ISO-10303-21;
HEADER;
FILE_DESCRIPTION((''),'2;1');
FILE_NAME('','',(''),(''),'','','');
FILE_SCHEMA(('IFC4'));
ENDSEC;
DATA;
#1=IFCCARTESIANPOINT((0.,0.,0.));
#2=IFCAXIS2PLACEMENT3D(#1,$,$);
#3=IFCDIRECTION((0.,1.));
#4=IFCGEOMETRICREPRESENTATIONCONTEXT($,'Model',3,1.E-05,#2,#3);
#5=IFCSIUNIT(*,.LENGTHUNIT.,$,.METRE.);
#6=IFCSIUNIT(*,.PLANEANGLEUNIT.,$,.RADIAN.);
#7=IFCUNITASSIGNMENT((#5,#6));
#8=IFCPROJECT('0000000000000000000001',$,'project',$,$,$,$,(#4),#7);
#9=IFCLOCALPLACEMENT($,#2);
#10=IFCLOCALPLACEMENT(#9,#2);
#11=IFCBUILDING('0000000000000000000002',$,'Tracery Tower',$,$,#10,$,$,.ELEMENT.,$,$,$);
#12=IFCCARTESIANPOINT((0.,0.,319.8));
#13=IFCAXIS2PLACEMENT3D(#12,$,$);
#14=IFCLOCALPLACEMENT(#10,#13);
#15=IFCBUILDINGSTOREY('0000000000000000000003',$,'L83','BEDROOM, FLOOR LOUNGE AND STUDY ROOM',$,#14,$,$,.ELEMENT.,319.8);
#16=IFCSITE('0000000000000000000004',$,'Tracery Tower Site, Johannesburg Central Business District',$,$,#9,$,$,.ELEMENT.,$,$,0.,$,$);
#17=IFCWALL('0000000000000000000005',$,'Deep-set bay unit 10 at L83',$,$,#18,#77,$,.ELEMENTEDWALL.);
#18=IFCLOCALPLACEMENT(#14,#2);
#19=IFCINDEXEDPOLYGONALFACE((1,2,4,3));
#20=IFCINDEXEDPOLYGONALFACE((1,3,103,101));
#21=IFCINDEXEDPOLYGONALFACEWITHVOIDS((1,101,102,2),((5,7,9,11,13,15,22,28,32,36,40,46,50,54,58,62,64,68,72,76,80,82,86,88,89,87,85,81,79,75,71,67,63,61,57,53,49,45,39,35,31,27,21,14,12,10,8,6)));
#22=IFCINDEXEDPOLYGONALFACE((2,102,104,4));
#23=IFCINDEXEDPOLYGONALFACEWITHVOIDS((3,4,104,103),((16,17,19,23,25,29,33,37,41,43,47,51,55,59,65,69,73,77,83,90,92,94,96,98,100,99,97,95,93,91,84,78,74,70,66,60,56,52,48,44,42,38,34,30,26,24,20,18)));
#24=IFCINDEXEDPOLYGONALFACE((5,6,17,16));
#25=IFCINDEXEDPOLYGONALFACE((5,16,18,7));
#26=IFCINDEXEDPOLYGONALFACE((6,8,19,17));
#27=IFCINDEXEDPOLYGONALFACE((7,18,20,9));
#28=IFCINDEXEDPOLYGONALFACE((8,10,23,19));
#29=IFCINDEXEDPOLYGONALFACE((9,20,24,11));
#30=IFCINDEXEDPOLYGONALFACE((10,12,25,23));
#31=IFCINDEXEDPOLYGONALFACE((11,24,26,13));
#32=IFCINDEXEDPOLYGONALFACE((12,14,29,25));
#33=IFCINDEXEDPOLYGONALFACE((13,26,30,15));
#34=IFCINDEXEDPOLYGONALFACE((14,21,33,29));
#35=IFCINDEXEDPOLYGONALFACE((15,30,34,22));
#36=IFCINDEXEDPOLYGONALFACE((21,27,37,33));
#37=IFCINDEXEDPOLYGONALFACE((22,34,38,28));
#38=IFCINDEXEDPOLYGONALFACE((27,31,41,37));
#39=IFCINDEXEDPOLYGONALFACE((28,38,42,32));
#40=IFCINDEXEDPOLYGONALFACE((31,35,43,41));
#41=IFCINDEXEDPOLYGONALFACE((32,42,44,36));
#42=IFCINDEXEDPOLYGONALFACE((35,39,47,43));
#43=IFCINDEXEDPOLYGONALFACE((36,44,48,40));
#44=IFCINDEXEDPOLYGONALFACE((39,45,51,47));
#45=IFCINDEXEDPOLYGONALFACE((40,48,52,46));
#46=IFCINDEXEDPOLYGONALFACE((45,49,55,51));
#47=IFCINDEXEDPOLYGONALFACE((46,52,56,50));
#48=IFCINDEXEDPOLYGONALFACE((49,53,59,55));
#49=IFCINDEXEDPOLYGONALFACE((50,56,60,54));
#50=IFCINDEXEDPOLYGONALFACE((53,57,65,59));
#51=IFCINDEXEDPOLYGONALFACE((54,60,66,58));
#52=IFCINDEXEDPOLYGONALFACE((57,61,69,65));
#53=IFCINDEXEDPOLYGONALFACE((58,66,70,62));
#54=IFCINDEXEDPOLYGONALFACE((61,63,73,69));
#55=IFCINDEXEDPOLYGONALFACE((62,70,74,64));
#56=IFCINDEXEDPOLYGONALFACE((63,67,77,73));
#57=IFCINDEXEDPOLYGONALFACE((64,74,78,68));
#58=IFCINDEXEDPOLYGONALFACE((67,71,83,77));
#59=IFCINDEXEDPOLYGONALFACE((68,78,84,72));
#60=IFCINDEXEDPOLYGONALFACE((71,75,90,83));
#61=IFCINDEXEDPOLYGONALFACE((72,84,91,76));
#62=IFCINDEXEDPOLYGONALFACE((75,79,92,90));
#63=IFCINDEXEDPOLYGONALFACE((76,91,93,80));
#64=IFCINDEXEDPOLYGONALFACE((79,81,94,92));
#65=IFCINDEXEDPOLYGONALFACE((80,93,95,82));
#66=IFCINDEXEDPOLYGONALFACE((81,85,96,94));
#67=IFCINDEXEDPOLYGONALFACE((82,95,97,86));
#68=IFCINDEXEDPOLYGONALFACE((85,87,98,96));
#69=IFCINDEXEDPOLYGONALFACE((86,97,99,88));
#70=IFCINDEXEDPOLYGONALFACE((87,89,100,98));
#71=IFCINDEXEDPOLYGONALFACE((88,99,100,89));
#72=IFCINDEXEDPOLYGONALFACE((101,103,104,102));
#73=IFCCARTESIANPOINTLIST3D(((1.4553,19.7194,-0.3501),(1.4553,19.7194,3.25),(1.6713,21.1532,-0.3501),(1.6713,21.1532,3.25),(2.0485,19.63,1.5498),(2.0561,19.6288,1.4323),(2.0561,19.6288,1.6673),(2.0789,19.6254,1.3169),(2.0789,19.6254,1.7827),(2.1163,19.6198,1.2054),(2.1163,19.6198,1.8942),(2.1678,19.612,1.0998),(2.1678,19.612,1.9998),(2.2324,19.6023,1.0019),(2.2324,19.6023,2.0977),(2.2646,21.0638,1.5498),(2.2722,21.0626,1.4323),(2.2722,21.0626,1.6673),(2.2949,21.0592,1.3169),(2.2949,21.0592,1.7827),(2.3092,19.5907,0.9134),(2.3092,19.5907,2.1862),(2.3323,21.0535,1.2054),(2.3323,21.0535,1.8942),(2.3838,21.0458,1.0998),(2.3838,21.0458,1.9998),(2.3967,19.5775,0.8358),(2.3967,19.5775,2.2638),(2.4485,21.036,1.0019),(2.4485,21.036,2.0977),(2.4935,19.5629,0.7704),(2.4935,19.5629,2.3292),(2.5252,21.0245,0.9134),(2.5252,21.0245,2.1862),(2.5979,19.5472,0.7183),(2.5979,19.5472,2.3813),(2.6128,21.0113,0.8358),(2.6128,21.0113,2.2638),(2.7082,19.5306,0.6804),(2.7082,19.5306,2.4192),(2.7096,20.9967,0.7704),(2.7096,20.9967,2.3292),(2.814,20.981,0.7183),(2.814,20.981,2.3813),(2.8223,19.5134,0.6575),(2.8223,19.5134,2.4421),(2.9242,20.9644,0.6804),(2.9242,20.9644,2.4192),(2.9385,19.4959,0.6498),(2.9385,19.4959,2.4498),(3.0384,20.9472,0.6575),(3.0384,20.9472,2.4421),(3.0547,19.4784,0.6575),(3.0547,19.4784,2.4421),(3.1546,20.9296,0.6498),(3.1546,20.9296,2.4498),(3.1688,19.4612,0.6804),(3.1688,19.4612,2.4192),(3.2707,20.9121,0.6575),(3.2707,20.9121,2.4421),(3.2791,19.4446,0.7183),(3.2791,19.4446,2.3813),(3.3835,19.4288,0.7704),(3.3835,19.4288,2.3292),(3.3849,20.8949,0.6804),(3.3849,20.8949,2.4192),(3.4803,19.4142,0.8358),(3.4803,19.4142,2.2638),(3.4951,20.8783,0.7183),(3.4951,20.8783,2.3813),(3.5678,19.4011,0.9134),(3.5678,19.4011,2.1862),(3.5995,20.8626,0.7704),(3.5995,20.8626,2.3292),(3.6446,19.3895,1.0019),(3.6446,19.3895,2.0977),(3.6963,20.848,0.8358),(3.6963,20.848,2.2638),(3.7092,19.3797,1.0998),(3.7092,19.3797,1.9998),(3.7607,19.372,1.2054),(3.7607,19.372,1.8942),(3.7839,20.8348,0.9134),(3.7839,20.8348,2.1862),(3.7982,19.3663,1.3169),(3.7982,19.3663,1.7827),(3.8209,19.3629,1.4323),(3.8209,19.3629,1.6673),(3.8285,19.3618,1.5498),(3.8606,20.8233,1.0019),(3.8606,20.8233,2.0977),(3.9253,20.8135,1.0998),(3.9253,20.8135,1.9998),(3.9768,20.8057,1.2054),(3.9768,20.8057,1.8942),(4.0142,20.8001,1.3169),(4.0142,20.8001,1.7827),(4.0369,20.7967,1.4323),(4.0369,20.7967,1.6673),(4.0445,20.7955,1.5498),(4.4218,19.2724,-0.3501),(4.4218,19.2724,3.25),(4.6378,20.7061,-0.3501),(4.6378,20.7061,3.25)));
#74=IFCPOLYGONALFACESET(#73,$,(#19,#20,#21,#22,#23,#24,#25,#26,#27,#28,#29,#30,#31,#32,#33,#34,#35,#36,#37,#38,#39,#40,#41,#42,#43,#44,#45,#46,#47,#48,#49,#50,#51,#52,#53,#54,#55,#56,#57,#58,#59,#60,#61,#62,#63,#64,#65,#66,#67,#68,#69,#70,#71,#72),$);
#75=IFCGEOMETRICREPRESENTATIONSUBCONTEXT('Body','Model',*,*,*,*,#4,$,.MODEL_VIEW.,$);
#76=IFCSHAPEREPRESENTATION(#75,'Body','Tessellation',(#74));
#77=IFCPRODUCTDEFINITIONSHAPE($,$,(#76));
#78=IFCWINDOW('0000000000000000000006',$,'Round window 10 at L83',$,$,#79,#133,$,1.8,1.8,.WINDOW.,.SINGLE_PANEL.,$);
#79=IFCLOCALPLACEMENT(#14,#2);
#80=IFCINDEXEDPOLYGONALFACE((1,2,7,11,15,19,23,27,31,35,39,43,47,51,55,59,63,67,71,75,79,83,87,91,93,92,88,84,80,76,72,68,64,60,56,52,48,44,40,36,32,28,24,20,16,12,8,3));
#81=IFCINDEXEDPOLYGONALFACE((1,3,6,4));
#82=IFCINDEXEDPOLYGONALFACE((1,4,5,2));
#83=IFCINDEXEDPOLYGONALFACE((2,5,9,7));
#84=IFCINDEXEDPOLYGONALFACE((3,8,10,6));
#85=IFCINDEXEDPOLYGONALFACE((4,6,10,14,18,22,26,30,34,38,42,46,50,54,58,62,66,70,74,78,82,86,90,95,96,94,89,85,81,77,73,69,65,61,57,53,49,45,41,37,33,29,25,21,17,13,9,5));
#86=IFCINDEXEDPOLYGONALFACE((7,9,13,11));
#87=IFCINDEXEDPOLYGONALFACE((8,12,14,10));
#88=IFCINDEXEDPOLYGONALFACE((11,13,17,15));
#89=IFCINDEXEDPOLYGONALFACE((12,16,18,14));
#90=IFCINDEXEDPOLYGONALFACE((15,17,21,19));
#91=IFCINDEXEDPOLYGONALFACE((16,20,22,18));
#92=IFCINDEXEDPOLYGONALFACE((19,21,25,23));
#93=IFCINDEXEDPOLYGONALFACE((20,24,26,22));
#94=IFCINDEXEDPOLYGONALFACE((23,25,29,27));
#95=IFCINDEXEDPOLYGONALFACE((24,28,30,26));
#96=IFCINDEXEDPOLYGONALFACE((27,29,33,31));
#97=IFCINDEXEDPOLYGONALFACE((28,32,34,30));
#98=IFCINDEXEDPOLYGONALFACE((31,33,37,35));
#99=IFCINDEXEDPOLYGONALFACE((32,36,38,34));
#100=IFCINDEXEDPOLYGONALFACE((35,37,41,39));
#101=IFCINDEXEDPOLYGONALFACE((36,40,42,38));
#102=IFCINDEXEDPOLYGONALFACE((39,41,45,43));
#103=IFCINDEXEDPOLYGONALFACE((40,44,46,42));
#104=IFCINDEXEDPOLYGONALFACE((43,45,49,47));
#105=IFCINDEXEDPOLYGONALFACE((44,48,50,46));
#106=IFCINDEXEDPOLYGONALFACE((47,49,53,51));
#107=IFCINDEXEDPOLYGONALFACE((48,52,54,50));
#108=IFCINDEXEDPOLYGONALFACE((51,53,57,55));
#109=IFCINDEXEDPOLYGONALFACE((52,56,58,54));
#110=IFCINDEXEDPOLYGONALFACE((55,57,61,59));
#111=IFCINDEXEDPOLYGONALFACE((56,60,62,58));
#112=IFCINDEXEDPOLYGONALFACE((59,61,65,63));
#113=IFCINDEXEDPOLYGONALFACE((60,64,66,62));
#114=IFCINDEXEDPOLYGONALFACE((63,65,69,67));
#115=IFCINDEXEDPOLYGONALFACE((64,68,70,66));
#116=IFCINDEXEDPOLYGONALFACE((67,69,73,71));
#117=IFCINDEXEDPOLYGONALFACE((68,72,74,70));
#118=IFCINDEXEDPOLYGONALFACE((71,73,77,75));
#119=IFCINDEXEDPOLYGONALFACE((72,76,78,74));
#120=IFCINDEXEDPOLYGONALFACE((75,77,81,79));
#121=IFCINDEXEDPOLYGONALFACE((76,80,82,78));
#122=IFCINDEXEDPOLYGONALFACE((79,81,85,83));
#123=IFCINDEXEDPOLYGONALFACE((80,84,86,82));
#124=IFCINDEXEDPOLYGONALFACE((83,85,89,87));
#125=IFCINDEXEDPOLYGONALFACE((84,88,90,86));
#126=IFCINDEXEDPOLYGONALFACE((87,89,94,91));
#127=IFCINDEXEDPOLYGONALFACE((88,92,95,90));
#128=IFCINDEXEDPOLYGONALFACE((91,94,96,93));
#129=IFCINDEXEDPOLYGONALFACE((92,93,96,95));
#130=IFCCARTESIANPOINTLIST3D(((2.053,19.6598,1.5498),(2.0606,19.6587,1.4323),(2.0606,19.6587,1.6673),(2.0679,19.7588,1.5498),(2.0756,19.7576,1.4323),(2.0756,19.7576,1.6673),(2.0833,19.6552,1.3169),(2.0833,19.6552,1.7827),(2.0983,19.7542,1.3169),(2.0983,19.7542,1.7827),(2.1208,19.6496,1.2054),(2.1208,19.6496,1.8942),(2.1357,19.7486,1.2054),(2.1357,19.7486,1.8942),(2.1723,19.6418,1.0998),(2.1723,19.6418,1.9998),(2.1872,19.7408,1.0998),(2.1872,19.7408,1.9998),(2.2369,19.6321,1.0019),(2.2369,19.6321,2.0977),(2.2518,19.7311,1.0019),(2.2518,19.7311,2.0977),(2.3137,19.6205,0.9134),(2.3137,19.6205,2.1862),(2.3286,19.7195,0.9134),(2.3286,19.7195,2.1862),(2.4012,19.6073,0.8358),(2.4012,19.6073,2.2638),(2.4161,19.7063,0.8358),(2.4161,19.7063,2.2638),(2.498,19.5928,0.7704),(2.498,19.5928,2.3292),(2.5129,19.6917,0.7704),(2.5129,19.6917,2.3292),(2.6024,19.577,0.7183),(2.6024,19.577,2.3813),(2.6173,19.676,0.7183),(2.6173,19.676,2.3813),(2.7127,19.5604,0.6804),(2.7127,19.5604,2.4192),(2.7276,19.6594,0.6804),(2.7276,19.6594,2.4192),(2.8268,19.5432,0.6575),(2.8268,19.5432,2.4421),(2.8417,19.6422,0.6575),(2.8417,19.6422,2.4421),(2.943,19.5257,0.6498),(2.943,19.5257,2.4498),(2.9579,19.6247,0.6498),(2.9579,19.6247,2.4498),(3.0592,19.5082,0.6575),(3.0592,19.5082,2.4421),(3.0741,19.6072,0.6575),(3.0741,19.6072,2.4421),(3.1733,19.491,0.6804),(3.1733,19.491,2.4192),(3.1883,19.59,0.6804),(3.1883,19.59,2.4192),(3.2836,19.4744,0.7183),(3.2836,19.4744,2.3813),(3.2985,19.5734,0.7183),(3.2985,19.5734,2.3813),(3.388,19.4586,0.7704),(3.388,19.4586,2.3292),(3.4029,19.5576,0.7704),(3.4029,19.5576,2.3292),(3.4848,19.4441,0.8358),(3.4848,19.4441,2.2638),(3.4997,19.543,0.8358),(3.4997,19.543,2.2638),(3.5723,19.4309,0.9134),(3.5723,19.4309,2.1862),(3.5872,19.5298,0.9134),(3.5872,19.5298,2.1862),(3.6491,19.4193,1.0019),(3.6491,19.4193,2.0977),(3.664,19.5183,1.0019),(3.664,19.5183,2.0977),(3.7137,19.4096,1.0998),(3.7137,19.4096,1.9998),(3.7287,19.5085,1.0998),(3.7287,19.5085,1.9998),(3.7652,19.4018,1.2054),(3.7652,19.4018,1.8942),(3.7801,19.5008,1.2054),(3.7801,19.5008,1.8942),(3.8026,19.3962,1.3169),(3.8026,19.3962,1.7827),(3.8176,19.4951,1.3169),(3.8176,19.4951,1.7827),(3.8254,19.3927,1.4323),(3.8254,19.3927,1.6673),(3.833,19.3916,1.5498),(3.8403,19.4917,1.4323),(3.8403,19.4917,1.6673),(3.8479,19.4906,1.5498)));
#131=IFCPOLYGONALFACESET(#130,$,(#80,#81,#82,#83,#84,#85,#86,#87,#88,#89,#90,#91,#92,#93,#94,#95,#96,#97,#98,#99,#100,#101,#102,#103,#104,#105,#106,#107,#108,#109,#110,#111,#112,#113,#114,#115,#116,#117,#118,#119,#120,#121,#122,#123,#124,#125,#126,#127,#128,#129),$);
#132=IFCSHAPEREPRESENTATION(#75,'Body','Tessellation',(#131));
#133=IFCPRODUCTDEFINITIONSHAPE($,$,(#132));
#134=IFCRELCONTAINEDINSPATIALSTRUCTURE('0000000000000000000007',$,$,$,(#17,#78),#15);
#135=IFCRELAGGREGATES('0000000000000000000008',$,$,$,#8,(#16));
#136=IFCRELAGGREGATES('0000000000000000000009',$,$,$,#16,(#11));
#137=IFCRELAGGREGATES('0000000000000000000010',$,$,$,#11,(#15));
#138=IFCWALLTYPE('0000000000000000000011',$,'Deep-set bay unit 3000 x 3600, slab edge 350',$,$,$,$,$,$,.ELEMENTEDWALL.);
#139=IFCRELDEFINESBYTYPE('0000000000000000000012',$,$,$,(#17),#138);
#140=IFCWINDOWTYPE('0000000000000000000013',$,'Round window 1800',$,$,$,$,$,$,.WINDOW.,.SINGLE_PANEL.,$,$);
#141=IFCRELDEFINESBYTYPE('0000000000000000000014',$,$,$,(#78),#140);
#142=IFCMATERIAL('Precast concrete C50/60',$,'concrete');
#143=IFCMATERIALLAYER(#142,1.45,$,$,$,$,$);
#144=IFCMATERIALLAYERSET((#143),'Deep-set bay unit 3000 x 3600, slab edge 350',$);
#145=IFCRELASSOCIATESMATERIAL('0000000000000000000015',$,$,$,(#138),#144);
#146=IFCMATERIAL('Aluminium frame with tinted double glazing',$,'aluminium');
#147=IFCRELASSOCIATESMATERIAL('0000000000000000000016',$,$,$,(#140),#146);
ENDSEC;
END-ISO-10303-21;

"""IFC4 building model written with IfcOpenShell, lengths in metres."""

from ifc_helpers import new_model, si_unit, direction, frame, frame_2d, origin, origin_2d, place, context, subcontext, project, spatial, rectangle, circle, extrude, material, layer, layer_set, type_object, element, fill, save


model = new_model("IFC4")

# Units and contexts
model_context = context("Model", 3, precision=1e-05, world=origin(), true_north=direction((0.0, 1.0)))
body_context = subcontext(model_context, "Body", "Model", "MODEL_VIEW")
ifc_project = project(units=[si_unit("LENGTHUNIT", "METRE"), si_unit("PLANEANGLEUNIT", "RADIAN")], contexts=[model_context])

# Site, building, storey
site_placement = place(None, origin())
site = spatial("IfcSite", under=ifc_project, at=site_placement, Name="Tracery Tower Site, Johannesburg Central Business District", CompositionType="ELEMENT", RefElevation=0.0)
building_placement = place(site_placement, origin())
building = spatial("IfcBuilding", under=site, at=building_placement, Name="Tracery Tower", CompositionType="ELEMENT")
storey_placement = place(building_placement, frame((0.0, 0.0, 319.8)))
storey = spatial("IfcBuildingStorey", under=building, at=storey_placement, Name="L83", Description="BEDROOM, FLOOR LOUNGE AND STUDY ROOM", CompositionType="ELEMENT", Elevation=319.8)

# Wall, opening, window
ifc_material_1 = material(Name="Precast concrete C50/60", Category="concrete")
ifc_layer_1 = layer(ifc_material_1, 1.45)
ifc_layer_set_1 = layer_set([ifc_layer_1], Name="Deep-set bay unit 3000 x 3600, slab edge 350")
wall_type_1 = type_object("IfcWallType", Name="Deep-set bay unit 3000 x 3600, slab edge 350", PredefinedType="ELEMENTEDWALL", material=ifc_layer_set_1)
wall_1_placement = place(storey_placement, frame((4.5298, 19.9893, -0.3501), z_axis=(0.0, 0.0, 1.0), x_axis=(-0.988836, 0.149005, 0.0)))
wall_1 = element("IfcWall", 1, at=wall_1_placement, inside=storey, type_object=wall_type_1, Name="Deep-set bay unit 10 at L83", PredefinedType="ELEMENTEDWALL", context=body_context, shape_type="SweptSolid", body=[
    extrude(rectangle(XDim=3.0, YDim=1.45, at=frame_2d((1.5, 0.0))), origin(), (0.0, 0.0, 1.0), 3.6001),
])
opening_1_placement = place(wall_1_placement, frame((1.5, 0.0, 1.8999)))
opening_1 = element("IfcOpeningElement", 2, at=opening_1_placement, cuts=wall_1, PredefinedType="OPENING", context=body_context, shape_type="SweptSolid", body=[
    extrude(circle(Radius=0.9, at=origin_2d()), frame((0.0, 0.7349, 0.0), z_axis=(0.0, -1.0, 0.0), x_axis=(1.0, 0.0, 0.0)), (0.0, 0.0, 1.0), 1.47),
])
ifc_material_2 = material(Name="Aluminium frame with tinted double glazing", Category="aluminium")
window_type = type_object("IfcWindowType", Name="Round window 1800", PartitioningType="SINGLE_PANEL", PredefinedType="WINDOW", material=ifc_material_2)
window_1_placement = place(opening_1_placement, origin())
window_1 = element("IfcWindow", 3, at=window_1_placement, inside=storey, type_object=window_type, Name="Round window 10 at L83", OverallHeight=1.8, OverallWidth=1.8, PartitioningType="SINGLE_PANEL", PredefinedType="WINDOW", context=body_context, shape_type="SweptSolid", body=[
    extrude(circle(Radius=0.9, at=origin_2d()), frame((0.0, 0.6948, 0.0), z_axis=(0.0, -1.0, 0.0), x_axis=(1.0, 0.0, 0.0)), (0.0, 0.0, 1.0), 0.1001),
])
fill(opening_1, window_1)

save(model, "model.ifc")
